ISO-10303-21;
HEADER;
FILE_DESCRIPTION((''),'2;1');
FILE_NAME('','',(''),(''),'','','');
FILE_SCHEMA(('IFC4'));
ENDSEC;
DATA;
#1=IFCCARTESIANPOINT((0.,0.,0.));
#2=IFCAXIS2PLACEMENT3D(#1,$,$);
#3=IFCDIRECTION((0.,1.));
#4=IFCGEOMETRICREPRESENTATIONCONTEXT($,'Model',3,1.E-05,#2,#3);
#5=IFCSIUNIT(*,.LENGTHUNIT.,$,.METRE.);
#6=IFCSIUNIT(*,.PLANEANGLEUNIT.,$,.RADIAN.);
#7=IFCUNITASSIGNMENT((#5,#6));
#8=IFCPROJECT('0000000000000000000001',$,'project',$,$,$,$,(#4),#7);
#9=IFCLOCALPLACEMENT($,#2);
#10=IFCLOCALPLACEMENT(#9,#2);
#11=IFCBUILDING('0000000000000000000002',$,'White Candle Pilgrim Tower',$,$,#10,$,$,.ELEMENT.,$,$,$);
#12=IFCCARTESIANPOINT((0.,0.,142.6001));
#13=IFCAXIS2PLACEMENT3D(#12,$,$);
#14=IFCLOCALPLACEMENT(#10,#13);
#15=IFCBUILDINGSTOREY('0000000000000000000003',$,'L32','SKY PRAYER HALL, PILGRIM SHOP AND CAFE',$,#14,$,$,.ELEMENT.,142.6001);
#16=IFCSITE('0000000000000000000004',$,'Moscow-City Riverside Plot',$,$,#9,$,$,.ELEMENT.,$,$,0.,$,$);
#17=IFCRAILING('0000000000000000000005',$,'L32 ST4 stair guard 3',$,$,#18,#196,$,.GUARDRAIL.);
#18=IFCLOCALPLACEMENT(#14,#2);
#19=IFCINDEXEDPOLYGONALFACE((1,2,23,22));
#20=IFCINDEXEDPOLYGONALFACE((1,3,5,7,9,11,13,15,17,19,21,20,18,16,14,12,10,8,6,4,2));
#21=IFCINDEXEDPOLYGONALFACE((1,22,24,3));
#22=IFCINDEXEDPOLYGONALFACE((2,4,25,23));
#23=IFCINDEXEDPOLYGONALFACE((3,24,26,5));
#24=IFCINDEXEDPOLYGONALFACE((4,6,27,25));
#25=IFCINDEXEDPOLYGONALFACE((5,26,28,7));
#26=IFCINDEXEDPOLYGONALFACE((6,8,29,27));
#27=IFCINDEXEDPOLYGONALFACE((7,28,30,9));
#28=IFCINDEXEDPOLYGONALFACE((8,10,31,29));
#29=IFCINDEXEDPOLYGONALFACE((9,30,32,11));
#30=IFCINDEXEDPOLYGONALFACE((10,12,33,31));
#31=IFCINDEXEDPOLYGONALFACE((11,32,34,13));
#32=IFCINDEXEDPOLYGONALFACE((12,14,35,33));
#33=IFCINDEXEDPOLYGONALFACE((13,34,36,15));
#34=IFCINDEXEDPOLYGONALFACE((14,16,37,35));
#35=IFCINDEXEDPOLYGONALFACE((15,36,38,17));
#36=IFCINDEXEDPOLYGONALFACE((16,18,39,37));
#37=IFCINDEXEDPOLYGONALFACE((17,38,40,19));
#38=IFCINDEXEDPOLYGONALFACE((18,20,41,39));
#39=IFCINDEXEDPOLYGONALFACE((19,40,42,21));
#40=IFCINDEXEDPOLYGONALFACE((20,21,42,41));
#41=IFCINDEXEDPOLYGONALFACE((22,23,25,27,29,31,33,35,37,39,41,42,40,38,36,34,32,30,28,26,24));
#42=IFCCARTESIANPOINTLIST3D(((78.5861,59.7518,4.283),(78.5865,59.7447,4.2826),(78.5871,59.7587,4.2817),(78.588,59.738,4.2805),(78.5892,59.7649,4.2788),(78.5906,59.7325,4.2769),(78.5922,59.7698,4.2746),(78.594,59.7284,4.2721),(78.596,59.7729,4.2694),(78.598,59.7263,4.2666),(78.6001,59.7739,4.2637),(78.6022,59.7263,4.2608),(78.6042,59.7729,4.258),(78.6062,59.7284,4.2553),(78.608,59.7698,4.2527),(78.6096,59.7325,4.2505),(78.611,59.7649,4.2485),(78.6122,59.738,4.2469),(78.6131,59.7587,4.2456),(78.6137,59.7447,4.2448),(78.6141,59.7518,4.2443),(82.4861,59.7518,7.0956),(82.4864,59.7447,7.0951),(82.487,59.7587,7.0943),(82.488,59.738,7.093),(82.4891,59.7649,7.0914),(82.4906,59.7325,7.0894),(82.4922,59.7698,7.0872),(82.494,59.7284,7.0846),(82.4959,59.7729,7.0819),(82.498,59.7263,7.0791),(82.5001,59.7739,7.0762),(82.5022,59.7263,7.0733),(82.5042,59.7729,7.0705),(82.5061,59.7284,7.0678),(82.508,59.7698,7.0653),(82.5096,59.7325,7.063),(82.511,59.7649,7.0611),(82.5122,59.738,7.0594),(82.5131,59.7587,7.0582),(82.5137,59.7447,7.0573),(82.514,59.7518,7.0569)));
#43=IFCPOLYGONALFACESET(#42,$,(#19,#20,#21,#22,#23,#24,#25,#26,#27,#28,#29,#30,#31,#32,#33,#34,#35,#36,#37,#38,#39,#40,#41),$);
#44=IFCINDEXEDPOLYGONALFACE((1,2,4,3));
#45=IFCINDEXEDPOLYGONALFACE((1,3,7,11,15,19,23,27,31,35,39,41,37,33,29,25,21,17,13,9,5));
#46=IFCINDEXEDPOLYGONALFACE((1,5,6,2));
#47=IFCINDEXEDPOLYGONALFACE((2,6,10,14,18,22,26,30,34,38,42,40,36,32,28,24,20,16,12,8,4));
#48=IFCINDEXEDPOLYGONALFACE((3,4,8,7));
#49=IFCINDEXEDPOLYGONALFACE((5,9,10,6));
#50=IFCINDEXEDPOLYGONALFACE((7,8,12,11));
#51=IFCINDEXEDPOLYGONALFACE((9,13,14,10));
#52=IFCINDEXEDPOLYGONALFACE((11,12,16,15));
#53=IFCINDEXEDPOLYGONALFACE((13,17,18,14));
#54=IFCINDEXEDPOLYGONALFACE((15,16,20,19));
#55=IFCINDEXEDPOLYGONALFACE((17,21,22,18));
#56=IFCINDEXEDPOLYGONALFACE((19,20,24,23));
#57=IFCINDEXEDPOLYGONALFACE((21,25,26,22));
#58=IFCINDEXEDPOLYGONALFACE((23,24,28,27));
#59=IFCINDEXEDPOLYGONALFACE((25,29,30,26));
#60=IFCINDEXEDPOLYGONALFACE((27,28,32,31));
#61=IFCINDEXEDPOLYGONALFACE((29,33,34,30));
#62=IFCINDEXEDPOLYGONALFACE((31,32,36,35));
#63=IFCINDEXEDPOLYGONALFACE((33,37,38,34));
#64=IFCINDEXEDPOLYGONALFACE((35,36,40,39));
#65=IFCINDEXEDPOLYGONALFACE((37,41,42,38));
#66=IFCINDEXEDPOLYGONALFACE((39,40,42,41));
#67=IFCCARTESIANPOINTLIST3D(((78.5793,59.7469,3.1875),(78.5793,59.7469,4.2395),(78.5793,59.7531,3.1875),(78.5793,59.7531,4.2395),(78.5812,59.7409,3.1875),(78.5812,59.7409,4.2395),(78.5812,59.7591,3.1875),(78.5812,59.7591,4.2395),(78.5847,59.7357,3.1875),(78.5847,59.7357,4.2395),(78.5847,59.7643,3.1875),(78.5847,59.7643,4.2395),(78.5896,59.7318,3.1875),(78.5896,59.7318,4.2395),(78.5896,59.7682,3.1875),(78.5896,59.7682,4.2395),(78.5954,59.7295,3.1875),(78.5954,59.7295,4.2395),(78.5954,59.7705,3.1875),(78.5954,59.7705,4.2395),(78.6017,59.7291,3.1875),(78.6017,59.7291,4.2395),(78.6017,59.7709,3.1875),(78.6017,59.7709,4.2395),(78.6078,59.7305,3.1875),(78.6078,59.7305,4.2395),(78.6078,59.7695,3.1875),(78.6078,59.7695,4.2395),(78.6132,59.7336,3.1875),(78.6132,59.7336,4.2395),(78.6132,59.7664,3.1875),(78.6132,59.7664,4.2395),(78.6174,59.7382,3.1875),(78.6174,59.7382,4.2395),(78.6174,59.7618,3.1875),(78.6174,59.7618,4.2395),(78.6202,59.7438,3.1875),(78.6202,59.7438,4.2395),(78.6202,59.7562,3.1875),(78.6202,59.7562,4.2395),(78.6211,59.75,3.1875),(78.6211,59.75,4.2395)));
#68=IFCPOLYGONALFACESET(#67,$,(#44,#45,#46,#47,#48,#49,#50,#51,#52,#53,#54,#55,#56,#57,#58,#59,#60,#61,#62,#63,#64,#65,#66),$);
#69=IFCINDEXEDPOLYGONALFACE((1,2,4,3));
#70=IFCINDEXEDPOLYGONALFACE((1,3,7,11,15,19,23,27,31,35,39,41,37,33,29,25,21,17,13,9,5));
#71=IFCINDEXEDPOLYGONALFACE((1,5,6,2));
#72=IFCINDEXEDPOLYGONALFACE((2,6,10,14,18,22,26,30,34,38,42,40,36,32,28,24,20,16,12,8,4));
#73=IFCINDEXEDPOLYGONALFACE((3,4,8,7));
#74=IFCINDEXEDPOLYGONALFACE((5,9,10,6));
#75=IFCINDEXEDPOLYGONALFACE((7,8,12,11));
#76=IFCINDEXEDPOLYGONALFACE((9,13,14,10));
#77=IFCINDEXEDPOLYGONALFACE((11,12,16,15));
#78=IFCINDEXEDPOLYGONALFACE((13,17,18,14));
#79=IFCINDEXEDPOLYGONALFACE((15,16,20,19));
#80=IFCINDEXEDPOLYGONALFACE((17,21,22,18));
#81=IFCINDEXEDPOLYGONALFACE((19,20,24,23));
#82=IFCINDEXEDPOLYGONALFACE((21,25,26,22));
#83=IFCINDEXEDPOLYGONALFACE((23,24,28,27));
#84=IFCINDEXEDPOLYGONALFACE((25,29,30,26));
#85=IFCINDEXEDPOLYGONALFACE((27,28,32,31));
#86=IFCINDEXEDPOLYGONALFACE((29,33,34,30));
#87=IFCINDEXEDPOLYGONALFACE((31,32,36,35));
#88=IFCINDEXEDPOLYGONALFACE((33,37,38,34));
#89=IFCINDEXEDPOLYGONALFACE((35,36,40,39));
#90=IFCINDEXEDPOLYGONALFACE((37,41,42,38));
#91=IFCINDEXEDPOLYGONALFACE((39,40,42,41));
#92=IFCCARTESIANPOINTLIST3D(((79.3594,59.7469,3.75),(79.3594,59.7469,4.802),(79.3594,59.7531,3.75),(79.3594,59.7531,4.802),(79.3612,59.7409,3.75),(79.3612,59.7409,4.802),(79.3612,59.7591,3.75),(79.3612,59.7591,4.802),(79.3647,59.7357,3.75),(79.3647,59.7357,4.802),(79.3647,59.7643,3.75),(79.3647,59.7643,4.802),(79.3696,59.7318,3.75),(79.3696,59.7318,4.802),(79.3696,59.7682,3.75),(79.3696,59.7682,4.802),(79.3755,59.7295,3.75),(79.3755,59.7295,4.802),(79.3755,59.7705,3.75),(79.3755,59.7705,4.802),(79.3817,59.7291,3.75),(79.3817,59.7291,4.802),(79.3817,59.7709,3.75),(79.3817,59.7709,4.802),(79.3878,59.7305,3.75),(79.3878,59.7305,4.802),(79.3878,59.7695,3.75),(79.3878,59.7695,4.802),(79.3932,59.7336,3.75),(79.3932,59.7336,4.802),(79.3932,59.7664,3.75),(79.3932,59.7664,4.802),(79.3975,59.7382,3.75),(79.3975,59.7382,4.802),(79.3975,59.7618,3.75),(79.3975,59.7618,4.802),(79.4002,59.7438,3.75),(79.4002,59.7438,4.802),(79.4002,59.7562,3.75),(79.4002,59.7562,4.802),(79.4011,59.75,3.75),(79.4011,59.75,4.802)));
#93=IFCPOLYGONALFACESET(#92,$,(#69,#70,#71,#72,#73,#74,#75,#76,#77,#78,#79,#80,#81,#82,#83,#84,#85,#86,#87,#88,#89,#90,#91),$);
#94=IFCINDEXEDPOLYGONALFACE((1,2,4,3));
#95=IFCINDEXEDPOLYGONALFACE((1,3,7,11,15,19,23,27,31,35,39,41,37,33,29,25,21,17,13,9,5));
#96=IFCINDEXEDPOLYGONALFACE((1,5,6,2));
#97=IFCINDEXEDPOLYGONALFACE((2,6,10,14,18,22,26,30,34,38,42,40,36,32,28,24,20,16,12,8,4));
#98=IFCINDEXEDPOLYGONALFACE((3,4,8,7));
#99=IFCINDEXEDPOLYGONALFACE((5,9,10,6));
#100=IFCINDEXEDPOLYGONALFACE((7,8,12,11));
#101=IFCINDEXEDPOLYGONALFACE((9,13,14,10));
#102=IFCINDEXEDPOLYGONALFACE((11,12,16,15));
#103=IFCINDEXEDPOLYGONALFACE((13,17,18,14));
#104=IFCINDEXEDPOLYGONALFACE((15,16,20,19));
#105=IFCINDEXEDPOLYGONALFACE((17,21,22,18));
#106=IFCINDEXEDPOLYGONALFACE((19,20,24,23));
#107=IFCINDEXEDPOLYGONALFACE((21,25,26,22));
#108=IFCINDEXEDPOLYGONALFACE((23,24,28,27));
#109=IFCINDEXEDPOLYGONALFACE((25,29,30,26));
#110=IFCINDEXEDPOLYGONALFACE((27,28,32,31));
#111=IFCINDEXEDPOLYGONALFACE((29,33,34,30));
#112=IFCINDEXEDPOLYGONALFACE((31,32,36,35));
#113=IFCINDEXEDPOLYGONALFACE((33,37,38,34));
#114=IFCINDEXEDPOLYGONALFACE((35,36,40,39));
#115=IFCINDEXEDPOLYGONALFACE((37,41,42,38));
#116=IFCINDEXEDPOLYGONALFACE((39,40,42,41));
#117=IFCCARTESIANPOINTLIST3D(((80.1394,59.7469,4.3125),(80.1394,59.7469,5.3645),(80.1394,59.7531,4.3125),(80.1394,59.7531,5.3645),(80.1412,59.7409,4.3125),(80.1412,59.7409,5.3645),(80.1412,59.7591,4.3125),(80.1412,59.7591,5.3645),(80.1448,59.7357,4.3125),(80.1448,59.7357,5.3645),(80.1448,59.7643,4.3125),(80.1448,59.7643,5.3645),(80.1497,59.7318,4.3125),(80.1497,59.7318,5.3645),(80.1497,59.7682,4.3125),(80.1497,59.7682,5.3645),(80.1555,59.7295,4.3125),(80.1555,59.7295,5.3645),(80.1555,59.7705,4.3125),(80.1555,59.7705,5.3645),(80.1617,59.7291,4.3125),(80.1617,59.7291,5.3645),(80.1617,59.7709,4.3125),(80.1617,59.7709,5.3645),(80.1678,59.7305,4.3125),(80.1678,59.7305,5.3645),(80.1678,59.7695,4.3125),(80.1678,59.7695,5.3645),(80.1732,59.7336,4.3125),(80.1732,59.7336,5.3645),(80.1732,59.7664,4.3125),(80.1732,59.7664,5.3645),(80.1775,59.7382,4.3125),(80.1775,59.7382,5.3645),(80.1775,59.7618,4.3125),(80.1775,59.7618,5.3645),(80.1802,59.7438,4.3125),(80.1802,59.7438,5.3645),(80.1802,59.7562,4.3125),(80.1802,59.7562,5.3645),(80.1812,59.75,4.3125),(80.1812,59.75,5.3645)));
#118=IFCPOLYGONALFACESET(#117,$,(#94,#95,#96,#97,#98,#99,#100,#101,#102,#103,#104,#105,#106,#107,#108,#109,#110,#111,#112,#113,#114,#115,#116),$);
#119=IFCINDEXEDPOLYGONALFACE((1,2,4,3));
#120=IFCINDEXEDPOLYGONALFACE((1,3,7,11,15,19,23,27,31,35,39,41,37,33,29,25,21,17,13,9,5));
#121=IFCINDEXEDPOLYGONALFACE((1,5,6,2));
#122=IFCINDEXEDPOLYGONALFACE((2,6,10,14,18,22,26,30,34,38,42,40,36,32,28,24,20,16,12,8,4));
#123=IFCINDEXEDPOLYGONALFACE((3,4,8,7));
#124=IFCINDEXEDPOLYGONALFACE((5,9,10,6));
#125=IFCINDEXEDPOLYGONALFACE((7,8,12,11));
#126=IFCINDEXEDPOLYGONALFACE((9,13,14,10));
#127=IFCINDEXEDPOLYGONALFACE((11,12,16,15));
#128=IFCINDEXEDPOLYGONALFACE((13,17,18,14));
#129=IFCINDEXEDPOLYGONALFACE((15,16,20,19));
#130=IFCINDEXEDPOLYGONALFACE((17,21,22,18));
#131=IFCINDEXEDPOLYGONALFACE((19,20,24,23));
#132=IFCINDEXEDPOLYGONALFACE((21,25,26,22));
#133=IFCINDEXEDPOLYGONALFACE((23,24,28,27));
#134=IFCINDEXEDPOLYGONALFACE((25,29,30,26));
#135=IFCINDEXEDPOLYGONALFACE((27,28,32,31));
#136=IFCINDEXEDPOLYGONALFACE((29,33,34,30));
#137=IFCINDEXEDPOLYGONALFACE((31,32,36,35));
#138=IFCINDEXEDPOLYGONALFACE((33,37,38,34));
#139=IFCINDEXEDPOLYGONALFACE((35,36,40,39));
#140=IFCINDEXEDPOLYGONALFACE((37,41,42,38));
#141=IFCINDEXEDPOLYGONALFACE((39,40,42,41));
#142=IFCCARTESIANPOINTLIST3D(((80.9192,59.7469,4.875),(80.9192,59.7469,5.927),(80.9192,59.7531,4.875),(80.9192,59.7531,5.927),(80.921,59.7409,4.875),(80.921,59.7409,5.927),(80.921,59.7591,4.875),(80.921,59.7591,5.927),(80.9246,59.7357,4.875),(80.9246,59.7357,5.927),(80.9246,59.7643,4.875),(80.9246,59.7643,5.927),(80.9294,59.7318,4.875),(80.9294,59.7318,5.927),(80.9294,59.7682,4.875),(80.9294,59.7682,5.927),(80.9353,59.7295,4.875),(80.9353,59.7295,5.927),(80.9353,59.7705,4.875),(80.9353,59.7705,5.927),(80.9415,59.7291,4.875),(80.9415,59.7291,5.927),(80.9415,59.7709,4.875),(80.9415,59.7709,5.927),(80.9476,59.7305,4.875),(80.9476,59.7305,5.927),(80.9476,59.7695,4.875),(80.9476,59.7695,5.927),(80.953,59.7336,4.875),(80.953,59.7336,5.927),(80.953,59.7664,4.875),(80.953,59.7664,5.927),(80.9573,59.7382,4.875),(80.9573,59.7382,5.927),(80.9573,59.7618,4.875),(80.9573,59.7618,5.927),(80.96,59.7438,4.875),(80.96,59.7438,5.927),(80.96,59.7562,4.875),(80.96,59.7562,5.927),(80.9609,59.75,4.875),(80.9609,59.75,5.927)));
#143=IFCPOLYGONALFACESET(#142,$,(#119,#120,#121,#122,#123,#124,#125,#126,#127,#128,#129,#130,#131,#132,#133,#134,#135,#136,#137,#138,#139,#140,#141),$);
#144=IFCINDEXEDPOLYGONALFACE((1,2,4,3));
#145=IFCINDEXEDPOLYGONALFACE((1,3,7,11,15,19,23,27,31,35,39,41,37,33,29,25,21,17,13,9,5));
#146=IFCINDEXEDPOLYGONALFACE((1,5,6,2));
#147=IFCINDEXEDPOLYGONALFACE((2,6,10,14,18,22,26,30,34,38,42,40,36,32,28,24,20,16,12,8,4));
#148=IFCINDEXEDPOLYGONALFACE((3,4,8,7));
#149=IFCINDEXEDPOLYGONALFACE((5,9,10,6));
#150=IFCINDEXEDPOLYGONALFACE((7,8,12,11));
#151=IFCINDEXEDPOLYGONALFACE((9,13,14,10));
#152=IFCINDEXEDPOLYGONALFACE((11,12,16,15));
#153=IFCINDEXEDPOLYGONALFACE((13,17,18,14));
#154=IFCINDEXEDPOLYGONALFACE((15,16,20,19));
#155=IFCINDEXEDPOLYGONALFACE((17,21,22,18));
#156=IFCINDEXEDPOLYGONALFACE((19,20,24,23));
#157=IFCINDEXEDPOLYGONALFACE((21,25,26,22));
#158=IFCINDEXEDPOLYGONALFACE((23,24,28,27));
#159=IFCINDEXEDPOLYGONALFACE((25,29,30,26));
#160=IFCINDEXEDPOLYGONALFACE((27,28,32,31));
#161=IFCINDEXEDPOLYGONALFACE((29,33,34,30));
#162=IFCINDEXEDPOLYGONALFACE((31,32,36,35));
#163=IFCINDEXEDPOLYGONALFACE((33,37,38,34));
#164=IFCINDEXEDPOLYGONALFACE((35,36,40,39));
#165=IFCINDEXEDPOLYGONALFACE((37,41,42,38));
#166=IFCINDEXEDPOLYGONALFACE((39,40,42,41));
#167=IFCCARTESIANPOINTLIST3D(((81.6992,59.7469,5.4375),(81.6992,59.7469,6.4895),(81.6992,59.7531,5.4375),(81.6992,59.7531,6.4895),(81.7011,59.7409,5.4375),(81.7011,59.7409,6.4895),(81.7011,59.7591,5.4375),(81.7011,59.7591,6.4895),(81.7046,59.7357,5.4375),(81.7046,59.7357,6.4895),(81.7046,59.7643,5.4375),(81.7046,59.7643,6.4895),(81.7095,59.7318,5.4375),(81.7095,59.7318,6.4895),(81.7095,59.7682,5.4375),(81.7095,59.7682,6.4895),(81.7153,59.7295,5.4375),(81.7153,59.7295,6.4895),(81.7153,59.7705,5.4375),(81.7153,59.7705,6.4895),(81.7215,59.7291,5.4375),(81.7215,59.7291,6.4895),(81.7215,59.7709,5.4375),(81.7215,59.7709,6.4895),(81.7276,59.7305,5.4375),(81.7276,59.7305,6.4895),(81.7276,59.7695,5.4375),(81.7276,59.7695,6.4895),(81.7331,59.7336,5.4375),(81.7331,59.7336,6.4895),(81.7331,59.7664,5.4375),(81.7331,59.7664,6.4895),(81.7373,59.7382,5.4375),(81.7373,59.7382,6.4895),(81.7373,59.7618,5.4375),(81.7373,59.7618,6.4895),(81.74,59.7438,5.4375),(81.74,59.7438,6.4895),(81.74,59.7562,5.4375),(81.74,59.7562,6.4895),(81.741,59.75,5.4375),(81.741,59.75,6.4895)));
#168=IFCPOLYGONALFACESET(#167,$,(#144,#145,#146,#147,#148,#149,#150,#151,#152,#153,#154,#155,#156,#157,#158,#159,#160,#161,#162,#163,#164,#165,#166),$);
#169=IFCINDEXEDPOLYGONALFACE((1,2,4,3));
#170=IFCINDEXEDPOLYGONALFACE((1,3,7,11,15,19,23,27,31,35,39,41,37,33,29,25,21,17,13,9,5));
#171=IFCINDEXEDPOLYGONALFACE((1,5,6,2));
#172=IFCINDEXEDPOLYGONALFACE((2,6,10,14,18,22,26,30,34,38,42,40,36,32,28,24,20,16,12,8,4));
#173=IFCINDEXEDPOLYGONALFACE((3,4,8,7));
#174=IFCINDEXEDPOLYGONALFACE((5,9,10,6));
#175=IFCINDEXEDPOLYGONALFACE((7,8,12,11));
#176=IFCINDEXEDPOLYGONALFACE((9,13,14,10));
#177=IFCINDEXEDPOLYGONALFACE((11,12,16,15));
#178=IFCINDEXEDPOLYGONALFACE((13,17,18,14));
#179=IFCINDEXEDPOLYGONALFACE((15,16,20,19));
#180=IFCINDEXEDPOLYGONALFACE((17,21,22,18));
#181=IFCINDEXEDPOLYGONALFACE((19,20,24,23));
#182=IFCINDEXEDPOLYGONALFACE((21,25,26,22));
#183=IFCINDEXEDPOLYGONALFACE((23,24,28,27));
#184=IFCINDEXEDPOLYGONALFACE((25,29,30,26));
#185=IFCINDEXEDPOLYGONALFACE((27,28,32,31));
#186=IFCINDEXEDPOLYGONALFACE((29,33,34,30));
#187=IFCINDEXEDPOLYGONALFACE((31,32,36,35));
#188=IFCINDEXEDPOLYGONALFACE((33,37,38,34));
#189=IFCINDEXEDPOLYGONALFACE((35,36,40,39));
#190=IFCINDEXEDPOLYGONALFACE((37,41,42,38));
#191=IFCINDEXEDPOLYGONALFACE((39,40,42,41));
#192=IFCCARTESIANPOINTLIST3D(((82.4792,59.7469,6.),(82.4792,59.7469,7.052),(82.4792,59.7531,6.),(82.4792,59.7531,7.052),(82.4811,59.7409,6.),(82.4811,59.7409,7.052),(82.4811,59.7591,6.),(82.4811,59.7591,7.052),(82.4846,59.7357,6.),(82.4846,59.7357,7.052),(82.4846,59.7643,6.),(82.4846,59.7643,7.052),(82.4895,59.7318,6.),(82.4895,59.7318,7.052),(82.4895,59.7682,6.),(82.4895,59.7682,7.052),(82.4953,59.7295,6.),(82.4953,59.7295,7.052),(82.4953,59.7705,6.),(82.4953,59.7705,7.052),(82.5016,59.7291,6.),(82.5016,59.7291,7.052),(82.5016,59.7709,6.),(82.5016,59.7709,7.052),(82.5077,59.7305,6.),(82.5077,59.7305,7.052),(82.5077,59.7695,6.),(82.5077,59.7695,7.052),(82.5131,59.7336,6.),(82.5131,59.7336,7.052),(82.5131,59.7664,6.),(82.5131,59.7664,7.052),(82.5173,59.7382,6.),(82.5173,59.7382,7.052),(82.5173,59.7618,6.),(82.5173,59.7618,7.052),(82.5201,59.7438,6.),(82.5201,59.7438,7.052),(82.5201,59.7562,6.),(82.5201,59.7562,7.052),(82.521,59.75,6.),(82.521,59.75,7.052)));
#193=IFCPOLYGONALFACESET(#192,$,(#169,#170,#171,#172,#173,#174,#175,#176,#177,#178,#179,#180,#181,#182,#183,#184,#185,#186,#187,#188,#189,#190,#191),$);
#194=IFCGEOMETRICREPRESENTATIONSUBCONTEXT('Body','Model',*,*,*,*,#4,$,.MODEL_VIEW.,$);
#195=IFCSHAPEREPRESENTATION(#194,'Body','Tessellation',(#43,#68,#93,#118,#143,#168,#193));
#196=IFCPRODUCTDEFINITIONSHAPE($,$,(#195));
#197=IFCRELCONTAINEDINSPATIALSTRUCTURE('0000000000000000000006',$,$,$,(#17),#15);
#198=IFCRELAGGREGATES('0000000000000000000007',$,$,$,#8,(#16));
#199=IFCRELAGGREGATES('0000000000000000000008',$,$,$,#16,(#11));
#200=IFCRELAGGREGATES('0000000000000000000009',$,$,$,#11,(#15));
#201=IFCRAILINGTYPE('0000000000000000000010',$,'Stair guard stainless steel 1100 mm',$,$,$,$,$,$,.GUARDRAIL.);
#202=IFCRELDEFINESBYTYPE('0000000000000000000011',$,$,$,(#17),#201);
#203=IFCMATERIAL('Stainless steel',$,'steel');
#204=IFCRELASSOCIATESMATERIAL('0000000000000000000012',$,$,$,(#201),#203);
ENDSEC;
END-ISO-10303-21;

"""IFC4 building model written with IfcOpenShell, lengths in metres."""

from ifc_helpers import new_model, si_unit, direction, frame, origin, origin_2d, place, context, subcontext, project, spatial, circle, extrude, material, type_object, element, save


model = new_model("IFC4")

# Units and contexts
model_context = context("Model", 3, precision=1e-05, world=origin(), true_north=direction((0.0, 1.0)))
body_context = subcontext(model_context, "Body", "Model", "MODEL_VIEW")
ifc_project = project(units=[si_unit("LENGTHUNIT", "METRE"), si_unit("PLANEANGLEUNIT", "RADIAN")], contexts=[model_context])

# Site, building, storey
site_placement = place(None, origin())
site = spatial("IfcSite", under=ifc_project, at=site_placement, Name="Moscow-City Riverside Plot", CompositionType="ELEMENT", RefElevation=0.0)
building_placement = place(site_placement, origin())
building = spatial("IfcBuilding", under=site, at=building_placement, Name="White Candle Pilgrim Tower", CompositionType="ELEMENT")
storey_placement = place(building_placement, frame((0.0, 0.0, 142.6001)))
storey = spatial("IfcBuildingStorey", under=building, at=storey_placement, Name="L32", Description="SKY PRAYER HALL, PILGRIM SHOP AND CAFE", CompositionType="ELEMENT", Elevation=142.6001)

# Railing
ifc_material_1 = material(Name="Stainless steel", Category="steel")
railing_type_1 = type_object("IfcRailingType", Name="Stair guard stainless steel 1100 mm", PredefinedType="GUARDRAIL", material=ifc_material_1)
railing_1_placement = place(storey_placement, frame((78.6001, 59.75, 3.1875)))
element("IfcRailing", 1, at=railing_1_placement, inside=storey, type_object=railing_type_1, Name="L32 ST4 stair guard 3", PredefinedType="GUARDRAIL", context=body_context, shape_type="SweptSolid", body=[
    extrude(circle(Radius=0.0239, at=origin_2d()), frame((0.0, 0.0, 1.0762), z_axis=(0.811083, 0.0, 0.584931), x_axis=(0.0, 1.0, 0.0)), (0.0, 0.0, 1.0), 4.8083),
    extrude(circle(Radius=0.021, at=origin_2d()), origin(), (0.0, 0.0, 1.0), 1.052),
    extrude(circle(Radius=0.021, at=origin_2d()), frame((0.78, 0.0, 0.5625)), (0.0, 0.0, 1.0), 1.052),
    extrude(circle(Radius=0.021, at=origin_2d()), frame((1.5601, 0.0, 1.125)), (0.0, 0.0, 1.0), 1.052),
    extrude(circle(Radius=0.021, at=origin_2d()), frame((2.3398, 0.0, 1.6875)), (0.0, 0.0, 1.0), 1.052),
    extrude(circle(Radius=0.021, at=origin_2d()), frame((3.1199, 0.0, 2.25)), (0.0, 0.0, 1.0), 1.052),
    extrude(circle(Radius=0.021, at=origin_2d()), frame((3.8999, 0.0, 2.8125)), (0.0, 0.0, 1.0), 1.052),
])

save(model, "model.ifc")
